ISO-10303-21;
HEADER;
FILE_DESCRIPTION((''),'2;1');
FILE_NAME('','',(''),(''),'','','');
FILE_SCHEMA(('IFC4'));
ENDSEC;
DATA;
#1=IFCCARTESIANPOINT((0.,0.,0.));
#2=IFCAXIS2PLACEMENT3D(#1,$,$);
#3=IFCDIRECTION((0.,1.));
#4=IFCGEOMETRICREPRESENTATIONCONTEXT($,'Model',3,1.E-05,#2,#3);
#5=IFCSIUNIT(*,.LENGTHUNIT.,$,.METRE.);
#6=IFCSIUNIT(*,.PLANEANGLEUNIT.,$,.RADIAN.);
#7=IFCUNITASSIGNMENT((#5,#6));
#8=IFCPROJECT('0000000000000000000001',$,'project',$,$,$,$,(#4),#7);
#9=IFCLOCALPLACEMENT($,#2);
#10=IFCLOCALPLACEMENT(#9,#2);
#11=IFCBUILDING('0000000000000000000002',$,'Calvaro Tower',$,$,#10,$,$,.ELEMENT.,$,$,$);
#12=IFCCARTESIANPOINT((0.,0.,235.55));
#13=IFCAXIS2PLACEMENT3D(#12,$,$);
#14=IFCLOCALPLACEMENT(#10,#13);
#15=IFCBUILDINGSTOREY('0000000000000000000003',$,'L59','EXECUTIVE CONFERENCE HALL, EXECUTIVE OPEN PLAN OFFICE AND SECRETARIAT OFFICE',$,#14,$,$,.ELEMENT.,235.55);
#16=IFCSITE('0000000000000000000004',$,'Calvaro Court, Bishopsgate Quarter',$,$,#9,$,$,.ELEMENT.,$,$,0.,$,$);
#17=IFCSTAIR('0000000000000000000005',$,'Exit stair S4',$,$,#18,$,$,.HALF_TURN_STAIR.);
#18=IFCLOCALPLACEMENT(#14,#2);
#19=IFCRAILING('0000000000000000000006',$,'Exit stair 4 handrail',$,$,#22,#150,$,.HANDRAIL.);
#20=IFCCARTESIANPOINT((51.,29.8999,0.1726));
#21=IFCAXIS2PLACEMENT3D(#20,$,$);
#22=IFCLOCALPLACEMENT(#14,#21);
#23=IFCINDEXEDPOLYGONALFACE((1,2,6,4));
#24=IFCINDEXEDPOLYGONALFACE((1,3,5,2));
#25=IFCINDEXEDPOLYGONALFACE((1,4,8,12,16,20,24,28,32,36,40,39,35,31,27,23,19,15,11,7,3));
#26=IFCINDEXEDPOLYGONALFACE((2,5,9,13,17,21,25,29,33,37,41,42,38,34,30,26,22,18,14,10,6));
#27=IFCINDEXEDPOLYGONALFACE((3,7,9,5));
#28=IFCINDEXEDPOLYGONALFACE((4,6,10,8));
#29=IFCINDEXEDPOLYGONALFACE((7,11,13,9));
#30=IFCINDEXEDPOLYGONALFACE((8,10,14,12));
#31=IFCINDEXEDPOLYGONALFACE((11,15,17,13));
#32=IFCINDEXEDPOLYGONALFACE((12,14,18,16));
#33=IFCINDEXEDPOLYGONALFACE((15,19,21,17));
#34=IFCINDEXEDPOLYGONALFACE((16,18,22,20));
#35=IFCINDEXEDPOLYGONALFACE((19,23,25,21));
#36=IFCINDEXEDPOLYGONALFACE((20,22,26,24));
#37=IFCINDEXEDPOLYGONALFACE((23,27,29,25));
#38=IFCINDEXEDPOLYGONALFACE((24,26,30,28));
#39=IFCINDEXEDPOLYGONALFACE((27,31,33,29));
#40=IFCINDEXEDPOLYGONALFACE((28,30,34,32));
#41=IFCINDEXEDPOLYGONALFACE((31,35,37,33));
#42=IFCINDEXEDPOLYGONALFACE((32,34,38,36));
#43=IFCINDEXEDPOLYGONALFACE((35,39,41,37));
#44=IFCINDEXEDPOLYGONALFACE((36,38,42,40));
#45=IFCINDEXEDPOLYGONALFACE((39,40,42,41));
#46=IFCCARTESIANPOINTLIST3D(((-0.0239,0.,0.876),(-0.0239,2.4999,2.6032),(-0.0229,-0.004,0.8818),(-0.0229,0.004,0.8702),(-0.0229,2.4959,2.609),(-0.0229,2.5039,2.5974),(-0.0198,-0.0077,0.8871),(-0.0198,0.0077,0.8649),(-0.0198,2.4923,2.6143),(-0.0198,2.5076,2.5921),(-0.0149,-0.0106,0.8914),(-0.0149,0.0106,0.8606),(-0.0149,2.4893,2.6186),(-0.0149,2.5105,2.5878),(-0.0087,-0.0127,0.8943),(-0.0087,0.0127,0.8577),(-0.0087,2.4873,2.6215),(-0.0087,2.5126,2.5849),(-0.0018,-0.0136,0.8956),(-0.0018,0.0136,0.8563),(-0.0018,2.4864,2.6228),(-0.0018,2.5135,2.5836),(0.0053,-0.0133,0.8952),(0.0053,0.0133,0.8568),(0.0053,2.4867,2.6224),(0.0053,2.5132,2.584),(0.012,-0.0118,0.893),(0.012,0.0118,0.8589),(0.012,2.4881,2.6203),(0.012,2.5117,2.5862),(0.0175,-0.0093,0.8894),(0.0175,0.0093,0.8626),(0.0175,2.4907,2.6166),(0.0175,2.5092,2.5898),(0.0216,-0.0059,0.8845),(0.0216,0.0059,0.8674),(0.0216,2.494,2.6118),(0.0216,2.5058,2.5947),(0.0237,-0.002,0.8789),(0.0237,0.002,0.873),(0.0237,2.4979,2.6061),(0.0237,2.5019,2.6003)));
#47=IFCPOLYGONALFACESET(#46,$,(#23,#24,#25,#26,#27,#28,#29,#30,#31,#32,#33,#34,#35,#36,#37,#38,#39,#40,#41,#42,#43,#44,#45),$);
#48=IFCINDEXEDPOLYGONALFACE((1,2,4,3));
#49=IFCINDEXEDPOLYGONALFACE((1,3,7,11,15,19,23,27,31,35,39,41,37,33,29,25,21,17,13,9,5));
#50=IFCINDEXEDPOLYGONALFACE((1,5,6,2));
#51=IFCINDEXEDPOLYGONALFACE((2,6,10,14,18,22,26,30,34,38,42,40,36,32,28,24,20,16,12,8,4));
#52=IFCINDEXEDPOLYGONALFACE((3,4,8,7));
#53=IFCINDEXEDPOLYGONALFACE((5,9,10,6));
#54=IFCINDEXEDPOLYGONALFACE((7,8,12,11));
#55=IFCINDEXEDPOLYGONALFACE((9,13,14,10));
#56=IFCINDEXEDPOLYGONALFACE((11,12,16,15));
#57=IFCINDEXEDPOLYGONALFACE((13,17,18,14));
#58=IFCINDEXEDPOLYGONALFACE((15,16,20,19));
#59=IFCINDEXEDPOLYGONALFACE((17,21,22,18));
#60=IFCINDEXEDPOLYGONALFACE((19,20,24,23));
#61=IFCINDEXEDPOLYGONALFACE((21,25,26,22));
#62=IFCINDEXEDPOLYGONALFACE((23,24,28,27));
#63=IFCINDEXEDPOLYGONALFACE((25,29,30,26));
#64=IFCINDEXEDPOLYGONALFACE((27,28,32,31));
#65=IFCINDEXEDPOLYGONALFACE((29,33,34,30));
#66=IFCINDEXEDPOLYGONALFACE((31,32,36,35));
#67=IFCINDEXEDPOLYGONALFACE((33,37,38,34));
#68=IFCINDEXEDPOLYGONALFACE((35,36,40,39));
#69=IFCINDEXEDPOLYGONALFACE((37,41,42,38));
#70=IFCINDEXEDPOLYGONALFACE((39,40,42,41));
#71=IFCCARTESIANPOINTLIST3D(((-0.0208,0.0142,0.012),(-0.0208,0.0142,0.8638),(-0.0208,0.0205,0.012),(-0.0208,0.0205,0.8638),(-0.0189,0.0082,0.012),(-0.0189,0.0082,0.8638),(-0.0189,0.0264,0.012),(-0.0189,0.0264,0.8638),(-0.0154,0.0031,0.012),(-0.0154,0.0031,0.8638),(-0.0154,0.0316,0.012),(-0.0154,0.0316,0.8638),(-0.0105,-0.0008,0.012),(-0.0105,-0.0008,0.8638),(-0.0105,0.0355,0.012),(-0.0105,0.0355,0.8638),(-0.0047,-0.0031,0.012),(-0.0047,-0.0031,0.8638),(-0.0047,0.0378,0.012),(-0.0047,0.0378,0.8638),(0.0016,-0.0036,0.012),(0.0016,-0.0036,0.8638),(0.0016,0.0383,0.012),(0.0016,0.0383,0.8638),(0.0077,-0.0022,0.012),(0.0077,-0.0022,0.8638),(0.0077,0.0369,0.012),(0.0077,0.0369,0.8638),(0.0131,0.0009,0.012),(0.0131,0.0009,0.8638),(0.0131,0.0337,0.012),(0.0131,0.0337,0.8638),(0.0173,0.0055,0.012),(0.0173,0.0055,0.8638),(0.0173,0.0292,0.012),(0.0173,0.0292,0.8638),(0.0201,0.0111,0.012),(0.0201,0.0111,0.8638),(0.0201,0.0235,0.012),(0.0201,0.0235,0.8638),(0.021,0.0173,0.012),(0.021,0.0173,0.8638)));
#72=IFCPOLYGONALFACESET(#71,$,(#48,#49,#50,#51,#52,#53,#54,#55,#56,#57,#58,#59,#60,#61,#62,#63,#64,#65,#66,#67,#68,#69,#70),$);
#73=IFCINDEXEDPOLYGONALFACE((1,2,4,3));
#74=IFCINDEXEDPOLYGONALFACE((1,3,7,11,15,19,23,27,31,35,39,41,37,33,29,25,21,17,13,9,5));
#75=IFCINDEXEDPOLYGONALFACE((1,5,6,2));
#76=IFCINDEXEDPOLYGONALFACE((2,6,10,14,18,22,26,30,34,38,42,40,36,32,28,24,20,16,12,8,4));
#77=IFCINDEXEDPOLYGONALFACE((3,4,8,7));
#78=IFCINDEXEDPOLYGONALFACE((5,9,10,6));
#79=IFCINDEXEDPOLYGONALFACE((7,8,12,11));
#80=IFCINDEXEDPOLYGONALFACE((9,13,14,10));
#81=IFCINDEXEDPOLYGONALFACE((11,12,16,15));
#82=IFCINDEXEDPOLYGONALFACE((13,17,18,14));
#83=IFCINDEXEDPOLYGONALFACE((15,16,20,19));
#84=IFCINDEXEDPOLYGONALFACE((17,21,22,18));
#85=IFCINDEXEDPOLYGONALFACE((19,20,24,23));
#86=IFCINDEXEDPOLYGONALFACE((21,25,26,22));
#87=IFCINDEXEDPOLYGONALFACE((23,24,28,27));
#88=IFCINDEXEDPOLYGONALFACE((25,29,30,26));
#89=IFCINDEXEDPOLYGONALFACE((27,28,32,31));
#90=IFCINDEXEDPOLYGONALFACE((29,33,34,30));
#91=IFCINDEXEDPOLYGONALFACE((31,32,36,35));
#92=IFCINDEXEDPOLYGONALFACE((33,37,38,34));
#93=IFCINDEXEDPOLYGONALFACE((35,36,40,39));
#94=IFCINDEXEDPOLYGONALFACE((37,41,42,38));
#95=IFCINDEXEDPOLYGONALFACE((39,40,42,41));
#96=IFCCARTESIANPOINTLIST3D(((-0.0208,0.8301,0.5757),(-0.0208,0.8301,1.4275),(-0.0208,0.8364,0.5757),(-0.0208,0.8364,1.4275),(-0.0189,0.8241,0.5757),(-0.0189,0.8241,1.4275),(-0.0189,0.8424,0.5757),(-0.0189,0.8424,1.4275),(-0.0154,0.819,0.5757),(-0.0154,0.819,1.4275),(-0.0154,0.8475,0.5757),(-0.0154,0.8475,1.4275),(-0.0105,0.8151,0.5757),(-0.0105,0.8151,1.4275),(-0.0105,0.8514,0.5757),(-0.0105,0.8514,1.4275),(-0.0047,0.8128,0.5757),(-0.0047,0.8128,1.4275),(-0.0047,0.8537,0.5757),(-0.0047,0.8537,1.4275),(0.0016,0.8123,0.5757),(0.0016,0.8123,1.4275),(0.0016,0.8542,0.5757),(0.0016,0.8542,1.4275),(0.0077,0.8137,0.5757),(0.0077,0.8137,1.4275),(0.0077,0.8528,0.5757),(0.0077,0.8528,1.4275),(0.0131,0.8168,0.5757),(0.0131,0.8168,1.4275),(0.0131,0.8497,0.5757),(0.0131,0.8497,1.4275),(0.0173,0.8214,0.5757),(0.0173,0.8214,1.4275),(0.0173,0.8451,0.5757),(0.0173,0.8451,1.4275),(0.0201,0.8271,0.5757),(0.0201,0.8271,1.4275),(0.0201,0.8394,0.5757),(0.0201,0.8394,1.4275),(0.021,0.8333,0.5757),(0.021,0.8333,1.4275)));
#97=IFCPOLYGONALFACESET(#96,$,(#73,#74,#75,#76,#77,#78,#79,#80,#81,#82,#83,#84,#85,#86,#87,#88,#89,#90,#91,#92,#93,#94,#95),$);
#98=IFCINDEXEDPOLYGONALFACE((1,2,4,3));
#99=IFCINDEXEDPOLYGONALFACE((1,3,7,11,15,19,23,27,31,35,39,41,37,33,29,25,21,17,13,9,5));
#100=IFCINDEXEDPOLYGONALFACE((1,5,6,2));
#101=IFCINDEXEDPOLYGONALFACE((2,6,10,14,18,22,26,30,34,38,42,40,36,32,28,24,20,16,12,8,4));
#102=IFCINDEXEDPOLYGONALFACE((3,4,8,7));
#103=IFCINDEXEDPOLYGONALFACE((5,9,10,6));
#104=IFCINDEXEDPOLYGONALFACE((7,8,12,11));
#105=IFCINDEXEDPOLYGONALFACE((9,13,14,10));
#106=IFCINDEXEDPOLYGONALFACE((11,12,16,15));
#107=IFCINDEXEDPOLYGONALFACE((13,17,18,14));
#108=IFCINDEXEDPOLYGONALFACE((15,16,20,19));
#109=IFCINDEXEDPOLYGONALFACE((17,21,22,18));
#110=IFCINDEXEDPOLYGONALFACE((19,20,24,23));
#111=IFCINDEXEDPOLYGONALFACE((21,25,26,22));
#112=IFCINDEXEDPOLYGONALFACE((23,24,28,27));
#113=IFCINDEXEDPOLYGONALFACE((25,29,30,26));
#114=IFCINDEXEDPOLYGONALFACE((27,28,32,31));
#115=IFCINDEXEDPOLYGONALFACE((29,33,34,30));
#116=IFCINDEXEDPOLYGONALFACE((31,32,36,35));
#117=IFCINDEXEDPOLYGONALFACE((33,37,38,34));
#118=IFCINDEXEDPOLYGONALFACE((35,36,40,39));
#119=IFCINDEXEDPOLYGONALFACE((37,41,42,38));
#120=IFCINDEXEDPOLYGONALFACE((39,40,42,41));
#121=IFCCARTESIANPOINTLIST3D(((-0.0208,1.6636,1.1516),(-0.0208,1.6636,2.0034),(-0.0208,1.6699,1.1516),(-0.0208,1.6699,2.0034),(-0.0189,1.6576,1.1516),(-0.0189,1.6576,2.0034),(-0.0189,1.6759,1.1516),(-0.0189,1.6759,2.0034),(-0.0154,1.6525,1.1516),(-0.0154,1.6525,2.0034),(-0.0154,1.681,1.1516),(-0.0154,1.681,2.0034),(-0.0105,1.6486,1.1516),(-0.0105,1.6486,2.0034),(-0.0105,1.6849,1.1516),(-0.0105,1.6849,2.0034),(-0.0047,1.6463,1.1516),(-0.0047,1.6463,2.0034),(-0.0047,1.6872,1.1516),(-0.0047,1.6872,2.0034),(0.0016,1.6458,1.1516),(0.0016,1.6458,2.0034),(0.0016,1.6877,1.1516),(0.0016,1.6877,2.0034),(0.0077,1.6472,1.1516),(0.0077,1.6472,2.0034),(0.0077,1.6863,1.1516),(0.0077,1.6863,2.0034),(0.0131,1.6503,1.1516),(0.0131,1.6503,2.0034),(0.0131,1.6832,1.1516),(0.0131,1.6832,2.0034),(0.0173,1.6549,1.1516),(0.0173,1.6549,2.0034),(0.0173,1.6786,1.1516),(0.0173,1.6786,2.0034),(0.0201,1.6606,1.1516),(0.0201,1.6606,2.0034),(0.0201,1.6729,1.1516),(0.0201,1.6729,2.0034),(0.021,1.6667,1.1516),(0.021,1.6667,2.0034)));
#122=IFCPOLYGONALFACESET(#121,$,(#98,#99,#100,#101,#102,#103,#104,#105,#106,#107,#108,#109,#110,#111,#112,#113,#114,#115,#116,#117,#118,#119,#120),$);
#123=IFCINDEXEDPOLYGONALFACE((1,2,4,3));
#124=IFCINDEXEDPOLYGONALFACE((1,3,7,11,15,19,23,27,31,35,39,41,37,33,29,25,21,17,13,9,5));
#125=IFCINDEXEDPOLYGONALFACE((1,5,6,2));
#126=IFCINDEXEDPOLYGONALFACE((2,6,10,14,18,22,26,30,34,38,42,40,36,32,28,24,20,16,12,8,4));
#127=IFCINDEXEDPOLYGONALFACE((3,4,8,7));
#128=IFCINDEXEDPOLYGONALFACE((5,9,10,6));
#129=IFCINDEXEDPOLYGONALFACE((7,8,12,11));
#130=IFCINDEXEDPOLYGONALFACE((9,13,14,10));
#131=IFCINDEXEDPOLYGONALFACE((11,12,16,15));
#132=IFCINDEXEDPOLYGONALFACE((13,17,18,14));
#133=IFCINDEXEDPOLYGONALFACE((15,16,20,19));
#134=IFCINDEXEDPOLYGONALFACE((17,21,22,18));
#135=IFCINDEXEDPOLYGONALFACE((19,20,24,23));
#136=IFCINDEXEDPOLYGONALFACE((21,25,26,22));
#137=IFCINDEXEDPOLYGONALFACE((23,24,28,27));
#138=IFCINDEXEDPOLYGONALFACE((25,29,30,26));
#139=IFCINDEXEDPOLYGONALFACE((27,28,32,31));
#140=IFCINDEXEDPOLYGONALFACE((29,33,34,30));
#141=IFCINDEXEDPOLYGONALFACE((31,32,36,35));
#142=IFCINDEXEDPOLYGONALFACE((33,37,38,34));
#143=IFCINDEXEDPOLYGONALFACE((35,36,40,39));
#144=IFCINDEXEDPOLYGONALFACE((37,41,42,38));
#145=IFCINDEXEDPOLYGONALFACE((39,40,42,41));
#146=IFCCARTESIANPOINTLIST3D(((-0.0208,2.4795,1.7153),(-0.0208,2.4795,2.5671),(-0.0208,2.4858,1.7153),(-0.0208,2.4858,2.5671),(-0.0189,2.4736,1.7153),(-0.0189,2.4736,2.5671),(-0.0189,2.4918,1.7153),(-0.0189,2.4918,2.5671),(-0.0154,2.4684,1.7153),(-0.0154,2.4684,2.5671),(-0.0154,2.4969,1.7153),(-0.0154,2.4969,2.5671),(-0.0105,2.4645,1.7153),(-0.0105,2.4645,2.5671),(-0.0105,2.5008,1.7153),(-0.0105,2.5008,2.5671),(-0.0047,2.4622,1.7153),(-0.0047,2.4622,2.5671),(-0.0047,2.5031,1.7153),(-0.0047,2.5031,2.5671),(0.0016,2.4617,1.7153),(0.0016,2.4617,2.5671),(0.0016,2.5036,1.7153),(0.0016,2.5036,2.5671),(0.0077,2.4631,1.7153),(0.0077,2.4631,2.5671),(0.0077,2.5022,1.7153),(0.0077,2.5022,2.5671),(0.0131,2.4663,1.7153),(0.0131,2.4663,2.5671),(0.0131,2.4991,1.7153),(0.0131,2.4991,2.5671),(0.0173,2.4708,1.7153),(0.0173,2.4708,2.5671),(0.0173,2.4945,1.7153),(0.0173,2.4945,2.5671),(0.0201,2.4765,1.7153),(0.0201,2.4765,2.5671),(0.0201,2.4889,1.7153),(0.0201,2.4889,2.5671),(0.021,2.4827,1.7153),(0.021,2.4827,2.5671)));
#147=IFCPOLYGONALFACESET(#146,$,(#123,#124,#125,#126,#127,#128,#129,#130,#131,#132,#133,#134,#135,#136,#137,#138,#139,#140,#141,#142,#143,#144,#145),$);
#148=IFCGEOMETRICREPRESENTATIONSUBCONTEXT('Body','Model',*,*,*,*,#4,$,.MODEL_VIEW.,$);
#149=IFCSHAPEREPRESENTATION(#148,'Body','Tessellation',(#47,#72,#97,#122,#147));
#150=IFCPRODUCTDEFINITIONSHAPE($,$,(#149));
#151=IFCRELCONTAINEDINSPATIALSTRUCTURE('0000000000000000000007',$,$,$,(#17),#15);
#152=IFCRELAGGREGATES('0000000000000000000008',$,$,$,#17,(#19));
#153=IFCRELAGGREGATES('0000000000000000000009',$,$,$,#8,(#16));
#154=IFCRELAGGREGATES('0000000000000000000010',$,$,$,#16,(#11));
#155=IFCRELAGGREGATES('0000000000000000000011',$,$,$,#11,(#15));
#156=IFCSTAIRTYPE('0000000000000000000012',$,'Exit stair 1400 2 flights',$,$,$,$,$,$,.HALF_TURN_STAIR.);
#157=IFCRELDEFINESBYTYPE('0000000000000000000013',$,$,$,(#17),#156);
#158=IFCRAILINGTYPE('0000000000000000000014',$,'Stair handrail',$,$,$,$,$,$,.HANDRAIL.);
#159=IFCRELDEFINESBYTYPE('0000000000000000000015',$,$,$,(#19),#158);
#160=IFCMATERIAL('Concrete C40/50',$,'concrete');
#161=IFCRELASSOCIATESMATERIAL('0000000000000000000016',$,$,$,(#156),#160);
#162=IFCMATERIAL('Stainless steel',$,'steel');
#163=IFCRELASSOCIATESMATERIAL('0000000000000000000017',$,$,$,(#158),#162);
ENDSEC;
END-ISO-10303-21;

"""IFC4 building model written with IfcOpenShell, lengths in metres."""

from ifc_helpers import new_model, si_unit, direction, frame, origin, origin_2d, place, context, subcontext, project, spatial, circle, extrude, material, type_object, element, aggregate, save


model = new_model("IFC4")

# Units and contexts
model_context = context("Model", 3, precision=1e-05, world=origin(), true_north=direction((0.0, 1.0)))
body_context = subcontext(model_context, "Body", "Model", "MODEL_VIEW")
ifc_project = project(units=[si_unit("LENGTHUNIT", "METRE"), si_unit("PLANEANGLEUNIT", "RADIAN")], contexts=[model_context])

# Site, building, storey
site_placement = place(None, origin())
site = spatial("IfcSite", under=ifc_project, at=site_placement, Name="Calvaro Court, Bishopsgate Quarter", CompositionType="ELEMENT", RefElevation=0.0)
building_placement = place(site_placement, origin())
building = spatial("IfcBuilding", under=site, at=building_placement, Name="Calvaro Tower", CompositionType="ELEMENT")
storey_placement = place(building_placement, frame((0.0, 0.0, 235.55)))
storey = spatial("IfcBuildingStorey", under=building, at=storey_placement, Name="L59", Description="EXECUTIVE CONFERENCE HALL, EXECUTIVE OPEN PLAN OFFICE AND SECRETARIAT OFFICE", CompositionType="ELEMENT", Elevation=235.55)

# Shared definitions
ifc_material_1 = material(Name="Concrete C40/50", Category="concrete")
stair_type = type_object("IfcStairType", Name="Exit stair 1400 2 flights", PredefinedType="HALF_TURN_STAIR", material=ifc_material_1)

# Stair
stair_1_placement = place(storey_placement, origin())
stair_1 = element("IfcStair", 1, at=stair_1_placement, inside=storey, type_object=stair_type, Name="Exit stair S4", PredefinedType="HALF_TURN_STAIR")

# Railing
ifc_material_2 = material(Name="Stainless steel", Category="steel")
railing_type = type_object("IfcRailingType", Name="Stair handrail", PredefinedType="HANDRAIL", material=ifc_material_2)
railing_1_placement = place(storey_placement, frame((51.0, 29.8999, 0.1726)))
railing_1 = element("IfcRailing", 2, at=railing_1_placement, type_object=railing_type, Name="Exit stair 4 handrail", PredefinedType="HANDRAIL", context=body_context, shape_type="SweptSolid", body=[
    extrude(circle(Radius=0.0239, at=origin_2d()), frame((0.0, 0.0, 0.876), z_axis=(0.0, 0.822727, 0.568437), x_axis=(-1.0, 0.0, 0.0)), (0.0, 0.0, 1.0), 3.0386),
    extrude(circle(Radius=0.021, at=origin_2d()), frame((0.0, 0.0173, 0.012)), (0.0, 0.0, 1.0), 0.8518),
    extrude(circle(Radius=0.021, at=origin_2d()), frame((0.0, 0.8333, 0.5757)), (0.0, 0.0, 1.0), 0.8518),
    extrude(circle(Radius=0.021, at=origin_2d()), frame((0.0, 1.6667, 1.1516)), (0.0, 0.0, 1.0), 0.8518),
    extrude(circle(Radius=0.021, at=origin_2d()), frame((0.0, 2.4827, 1.7153)), (0.0, 0.0, 1.0), 0.8518),
])
aggregate(stair_1, [railing_1])

save(model, "model.ifc")
